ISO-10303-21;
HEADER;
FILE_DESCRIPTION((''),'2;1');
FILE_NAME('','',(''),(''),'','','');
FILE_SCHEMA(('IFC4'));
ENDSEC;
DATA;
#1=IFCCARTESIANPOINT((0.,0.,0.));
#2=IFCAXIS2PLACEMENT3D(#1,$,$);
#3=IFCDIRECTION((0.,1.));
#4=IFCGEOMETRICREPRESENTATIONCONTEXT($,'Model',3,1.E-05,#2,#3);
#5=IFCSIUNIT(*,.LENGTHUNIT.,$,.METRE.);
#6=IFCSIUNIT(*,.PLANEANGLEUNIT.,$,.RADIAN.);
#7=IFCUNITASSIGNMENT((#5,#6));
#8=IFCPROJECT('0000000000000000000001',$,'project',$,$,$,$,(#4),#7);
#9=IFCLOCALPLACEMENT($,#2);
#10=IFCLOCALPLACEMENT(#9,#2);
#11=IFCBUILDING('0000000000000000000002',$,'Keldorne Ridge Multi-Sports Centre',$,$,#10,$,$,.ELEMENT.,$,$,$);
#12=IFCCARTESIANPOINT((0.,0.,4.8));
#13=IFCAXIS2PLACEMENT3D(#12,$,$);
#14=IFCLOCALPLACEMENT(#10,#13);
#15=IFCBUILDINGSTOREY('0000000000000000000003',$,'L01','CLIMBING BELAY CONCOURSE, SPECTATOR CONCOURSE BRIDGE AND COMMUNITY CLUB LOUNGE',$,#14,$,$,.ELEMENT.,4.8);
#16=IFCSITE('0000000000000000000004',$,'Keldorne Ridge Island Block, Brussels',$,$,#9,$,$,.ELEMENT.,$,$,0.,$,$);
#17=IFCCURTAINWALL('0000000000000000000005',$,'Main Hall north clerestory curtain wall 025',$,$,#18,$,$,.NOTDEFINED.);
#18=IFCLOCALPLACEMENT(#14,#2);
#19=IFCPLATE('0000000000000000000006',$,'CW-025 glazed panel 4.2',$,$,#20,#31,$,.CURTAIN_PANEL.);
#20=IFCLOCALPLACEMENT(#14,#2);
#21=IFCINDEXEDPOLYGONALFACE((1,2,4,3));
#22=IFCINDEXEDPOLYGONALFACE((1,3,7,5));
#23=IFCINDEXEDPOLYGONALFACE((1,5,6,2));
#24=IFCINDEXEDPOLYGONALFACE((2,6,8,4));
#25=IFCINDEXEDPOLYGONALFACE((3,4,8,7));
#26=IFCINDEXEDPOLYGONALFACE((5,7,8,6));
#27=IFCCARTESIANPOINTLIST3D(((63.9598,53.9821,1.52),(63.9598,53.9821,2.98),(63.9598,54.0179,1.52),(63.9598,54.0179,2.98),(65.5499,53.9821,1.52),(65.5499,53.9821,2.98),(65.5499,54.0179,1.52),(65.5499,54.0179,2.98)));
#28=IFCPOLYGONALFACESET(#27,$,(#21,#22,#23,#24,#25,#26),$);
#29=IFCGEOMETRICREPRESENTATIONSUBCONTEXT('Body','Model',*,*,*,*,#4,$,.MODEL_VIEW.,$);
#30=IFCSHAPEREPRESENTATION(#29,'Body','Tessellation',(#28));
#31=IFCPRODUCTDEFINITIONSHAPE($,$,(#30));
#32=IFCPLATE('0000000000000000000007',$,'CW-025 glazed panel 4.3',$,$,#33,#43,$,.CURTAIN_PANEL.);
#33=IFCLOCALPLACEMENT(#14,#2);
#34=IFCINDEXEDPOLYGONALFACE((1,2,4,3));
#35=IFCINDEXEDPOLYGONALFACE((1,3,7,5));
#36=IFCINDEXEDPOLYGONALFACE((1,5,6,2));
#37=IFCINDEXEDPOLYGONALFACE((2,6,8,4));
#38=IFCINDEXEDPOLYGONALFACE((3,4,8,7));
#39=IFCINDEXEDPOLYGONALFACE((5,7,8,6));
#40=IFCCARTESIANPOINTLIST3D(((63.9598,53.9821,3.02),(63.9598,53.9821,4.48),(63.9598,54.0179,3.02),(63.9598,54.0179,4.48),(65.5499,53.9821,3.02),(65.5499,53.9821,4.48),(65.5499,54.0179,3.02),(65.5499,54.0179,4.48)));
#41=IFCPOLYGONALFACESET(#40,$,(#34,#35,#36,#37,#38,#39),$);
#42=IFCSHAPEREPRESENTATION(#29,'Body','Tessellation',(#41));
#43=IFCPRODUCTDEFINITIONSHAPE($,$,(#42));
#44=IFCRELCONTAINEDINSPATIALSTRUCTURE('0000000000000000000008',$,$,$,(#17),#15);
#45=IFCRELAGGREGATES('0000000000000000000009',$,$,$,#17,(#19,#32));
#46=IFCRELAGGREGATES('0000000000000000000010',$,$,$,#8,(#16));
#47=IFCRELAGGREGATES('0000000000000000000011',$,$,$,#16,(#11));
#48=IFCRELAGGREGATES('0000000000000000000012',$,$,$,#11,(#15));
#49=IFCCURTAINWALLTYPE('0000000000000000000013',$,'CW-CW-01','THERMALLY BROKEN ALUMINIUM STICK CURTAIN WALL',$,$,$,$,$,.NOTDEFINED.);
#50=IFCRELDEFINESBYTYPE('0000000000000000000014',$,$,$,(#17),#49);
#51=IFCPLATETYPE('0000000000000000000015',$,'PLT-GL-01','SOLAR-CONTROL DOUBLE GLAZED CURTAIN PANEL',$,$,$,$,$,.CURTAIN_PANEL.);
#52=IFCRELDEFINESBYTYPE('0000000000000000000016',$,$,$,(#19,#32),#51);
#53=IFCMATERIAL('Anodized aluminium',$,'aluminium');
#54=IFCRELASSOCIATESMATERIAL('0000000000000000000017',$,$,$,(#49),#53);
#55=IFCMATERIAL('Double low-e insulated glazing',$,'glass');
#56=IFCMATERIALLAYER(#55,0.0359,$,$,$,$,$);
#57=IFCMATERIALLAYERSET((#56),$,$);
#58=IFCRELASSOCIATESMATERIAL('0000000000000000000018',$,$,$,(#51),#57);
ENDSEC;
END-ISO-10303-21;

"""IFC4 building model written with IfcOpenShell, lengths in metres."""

from ifc_helpers import new_model, si_unit, direction, frame, origin, origin_2d, place, context, subcontext, project, spatial, rectangle, extrude, material, layer, layer_set, type_object, element, aggregate, save


model = new_model("IFC4")

# Units and contexts
model_context = context("Model", 3, precision=1e-05, world=origin(), true_north=direction((0.0, 1.0)))
body_context = subcontext(model_context, "Body", "Model", "MODEL_VIEW")
ifc_project = project(units=[si_unit("LENGTHUNIT", "METRE"), si_unit("PLANEANGLEUNIT", "RADIAN")], contexts=[model_context])

# Site, building, storey
site_placement = place(None, origin())
site = spatial("IfcSite", under=ifc_project, at=site_placement, Name="Keldorne Ridge Island Block, Brussels", CompositionType="ELEMENT", RefElevation=0.0)
building_placement = place(site_placement, origin())
building = spatial("IfcBuilding", under=site, at=building_placement, Name="Keldorne Ridge Multi-Sports Centre", CompositionType="ELEMENT")
storey_placement = place(building_placement, frame((0.0, 0.0, 4.8)))
storey = spatial("IfcBuildingStorey", under=building, at=storey_placement, Name="L01", Description="CLIMBING BELAY CONCOURSE, SPECTATOR CONCOURSE BRIDGE AND COMMUNITY CLUB LOUNGE", CompositionType="ELEMENT", Elevation=4.8)

# Curtain wall
ifc_material_1 = material(Name="Anodized aluminium", Category="aluminium")
curtain_wall_type_1 = type_object("IfcCurtainWallType", Name="CW-CW-01", Description="THERMALLY BROKEN ALUMINIUM STICK CURTAIN WALL", PredefinedType="NOTDEFINED", material=ifc_material_1)
curtain_wall_1_placement = place(storey_placement, origin())
curtain_wall_1 = element("IfcCurtainWall", 1, at=curtain_wall_1_placement, inside=storey, type_object=curtain_wall_type_1, Name="Main Hall north clerestory curtain wall 025", PredefinedType="NOTDEFINED")

# Plates
ifc_material_2 = material(Name="Double low-e insulated glazing", Category="glass")
ifc_layer = layer(ifc_material_2, 0.0359)
ifc_layer_set = layer_set([ifc_layer])
plate_type = type_object("IfcPlateType", Name="PLT-GL-01", Description="SOLAR-CONTROL DOUBLE GLAZED CURTAIN PANEL", PredefinedType="CURTAIN_PANEL", material=ifc_layer_set)
plate_1_placement = place(storey_placement, frame((64.7549, 54.0, 1.52), z_axis=(0.0, 0.0, 1.0), x_axis=(-1.0, 0.0, 0.0)))
plate_1 = element("IfcPlate", 2, at=plate_1_placement, type_object=plate_type, Name="CW-025 glazed panel 4.2", PredefinedType="CURTAIN_PANEL", context=body_context, shape_type="SweptSolid", body=[
    extrude(rectangle(XDim=1.5901, YDim=0.0359, at=origin_2d()), origin(), (0.0, 0.0, 1.0), 1.46),
])
plate_2_placement = place(storey_placement, frame((64.7549, 54.0, 3.02), z_axis=(0.0, 0.0, 1.0), x_axis=(-1.0, 0.0, 0.0)))
plate_2 = element("IfcPlate", 3, at=plate_2_placement, type_object=plate_type, Name="CW-025 glazed panel 4.3", PredefinedType="CURTAIN_PANEL", context=body_context, shape_type="SweptSolid", body=[
    extrude(rectangle(XDim=1.5901, YDim=0.0359, at=origin_2d()), origin(), (0.0, 0.0, 1.0), 1.46),
])
aggregate(curtain_wall_1, [plate_1, plate_2])

save(model, "model.ifc")
